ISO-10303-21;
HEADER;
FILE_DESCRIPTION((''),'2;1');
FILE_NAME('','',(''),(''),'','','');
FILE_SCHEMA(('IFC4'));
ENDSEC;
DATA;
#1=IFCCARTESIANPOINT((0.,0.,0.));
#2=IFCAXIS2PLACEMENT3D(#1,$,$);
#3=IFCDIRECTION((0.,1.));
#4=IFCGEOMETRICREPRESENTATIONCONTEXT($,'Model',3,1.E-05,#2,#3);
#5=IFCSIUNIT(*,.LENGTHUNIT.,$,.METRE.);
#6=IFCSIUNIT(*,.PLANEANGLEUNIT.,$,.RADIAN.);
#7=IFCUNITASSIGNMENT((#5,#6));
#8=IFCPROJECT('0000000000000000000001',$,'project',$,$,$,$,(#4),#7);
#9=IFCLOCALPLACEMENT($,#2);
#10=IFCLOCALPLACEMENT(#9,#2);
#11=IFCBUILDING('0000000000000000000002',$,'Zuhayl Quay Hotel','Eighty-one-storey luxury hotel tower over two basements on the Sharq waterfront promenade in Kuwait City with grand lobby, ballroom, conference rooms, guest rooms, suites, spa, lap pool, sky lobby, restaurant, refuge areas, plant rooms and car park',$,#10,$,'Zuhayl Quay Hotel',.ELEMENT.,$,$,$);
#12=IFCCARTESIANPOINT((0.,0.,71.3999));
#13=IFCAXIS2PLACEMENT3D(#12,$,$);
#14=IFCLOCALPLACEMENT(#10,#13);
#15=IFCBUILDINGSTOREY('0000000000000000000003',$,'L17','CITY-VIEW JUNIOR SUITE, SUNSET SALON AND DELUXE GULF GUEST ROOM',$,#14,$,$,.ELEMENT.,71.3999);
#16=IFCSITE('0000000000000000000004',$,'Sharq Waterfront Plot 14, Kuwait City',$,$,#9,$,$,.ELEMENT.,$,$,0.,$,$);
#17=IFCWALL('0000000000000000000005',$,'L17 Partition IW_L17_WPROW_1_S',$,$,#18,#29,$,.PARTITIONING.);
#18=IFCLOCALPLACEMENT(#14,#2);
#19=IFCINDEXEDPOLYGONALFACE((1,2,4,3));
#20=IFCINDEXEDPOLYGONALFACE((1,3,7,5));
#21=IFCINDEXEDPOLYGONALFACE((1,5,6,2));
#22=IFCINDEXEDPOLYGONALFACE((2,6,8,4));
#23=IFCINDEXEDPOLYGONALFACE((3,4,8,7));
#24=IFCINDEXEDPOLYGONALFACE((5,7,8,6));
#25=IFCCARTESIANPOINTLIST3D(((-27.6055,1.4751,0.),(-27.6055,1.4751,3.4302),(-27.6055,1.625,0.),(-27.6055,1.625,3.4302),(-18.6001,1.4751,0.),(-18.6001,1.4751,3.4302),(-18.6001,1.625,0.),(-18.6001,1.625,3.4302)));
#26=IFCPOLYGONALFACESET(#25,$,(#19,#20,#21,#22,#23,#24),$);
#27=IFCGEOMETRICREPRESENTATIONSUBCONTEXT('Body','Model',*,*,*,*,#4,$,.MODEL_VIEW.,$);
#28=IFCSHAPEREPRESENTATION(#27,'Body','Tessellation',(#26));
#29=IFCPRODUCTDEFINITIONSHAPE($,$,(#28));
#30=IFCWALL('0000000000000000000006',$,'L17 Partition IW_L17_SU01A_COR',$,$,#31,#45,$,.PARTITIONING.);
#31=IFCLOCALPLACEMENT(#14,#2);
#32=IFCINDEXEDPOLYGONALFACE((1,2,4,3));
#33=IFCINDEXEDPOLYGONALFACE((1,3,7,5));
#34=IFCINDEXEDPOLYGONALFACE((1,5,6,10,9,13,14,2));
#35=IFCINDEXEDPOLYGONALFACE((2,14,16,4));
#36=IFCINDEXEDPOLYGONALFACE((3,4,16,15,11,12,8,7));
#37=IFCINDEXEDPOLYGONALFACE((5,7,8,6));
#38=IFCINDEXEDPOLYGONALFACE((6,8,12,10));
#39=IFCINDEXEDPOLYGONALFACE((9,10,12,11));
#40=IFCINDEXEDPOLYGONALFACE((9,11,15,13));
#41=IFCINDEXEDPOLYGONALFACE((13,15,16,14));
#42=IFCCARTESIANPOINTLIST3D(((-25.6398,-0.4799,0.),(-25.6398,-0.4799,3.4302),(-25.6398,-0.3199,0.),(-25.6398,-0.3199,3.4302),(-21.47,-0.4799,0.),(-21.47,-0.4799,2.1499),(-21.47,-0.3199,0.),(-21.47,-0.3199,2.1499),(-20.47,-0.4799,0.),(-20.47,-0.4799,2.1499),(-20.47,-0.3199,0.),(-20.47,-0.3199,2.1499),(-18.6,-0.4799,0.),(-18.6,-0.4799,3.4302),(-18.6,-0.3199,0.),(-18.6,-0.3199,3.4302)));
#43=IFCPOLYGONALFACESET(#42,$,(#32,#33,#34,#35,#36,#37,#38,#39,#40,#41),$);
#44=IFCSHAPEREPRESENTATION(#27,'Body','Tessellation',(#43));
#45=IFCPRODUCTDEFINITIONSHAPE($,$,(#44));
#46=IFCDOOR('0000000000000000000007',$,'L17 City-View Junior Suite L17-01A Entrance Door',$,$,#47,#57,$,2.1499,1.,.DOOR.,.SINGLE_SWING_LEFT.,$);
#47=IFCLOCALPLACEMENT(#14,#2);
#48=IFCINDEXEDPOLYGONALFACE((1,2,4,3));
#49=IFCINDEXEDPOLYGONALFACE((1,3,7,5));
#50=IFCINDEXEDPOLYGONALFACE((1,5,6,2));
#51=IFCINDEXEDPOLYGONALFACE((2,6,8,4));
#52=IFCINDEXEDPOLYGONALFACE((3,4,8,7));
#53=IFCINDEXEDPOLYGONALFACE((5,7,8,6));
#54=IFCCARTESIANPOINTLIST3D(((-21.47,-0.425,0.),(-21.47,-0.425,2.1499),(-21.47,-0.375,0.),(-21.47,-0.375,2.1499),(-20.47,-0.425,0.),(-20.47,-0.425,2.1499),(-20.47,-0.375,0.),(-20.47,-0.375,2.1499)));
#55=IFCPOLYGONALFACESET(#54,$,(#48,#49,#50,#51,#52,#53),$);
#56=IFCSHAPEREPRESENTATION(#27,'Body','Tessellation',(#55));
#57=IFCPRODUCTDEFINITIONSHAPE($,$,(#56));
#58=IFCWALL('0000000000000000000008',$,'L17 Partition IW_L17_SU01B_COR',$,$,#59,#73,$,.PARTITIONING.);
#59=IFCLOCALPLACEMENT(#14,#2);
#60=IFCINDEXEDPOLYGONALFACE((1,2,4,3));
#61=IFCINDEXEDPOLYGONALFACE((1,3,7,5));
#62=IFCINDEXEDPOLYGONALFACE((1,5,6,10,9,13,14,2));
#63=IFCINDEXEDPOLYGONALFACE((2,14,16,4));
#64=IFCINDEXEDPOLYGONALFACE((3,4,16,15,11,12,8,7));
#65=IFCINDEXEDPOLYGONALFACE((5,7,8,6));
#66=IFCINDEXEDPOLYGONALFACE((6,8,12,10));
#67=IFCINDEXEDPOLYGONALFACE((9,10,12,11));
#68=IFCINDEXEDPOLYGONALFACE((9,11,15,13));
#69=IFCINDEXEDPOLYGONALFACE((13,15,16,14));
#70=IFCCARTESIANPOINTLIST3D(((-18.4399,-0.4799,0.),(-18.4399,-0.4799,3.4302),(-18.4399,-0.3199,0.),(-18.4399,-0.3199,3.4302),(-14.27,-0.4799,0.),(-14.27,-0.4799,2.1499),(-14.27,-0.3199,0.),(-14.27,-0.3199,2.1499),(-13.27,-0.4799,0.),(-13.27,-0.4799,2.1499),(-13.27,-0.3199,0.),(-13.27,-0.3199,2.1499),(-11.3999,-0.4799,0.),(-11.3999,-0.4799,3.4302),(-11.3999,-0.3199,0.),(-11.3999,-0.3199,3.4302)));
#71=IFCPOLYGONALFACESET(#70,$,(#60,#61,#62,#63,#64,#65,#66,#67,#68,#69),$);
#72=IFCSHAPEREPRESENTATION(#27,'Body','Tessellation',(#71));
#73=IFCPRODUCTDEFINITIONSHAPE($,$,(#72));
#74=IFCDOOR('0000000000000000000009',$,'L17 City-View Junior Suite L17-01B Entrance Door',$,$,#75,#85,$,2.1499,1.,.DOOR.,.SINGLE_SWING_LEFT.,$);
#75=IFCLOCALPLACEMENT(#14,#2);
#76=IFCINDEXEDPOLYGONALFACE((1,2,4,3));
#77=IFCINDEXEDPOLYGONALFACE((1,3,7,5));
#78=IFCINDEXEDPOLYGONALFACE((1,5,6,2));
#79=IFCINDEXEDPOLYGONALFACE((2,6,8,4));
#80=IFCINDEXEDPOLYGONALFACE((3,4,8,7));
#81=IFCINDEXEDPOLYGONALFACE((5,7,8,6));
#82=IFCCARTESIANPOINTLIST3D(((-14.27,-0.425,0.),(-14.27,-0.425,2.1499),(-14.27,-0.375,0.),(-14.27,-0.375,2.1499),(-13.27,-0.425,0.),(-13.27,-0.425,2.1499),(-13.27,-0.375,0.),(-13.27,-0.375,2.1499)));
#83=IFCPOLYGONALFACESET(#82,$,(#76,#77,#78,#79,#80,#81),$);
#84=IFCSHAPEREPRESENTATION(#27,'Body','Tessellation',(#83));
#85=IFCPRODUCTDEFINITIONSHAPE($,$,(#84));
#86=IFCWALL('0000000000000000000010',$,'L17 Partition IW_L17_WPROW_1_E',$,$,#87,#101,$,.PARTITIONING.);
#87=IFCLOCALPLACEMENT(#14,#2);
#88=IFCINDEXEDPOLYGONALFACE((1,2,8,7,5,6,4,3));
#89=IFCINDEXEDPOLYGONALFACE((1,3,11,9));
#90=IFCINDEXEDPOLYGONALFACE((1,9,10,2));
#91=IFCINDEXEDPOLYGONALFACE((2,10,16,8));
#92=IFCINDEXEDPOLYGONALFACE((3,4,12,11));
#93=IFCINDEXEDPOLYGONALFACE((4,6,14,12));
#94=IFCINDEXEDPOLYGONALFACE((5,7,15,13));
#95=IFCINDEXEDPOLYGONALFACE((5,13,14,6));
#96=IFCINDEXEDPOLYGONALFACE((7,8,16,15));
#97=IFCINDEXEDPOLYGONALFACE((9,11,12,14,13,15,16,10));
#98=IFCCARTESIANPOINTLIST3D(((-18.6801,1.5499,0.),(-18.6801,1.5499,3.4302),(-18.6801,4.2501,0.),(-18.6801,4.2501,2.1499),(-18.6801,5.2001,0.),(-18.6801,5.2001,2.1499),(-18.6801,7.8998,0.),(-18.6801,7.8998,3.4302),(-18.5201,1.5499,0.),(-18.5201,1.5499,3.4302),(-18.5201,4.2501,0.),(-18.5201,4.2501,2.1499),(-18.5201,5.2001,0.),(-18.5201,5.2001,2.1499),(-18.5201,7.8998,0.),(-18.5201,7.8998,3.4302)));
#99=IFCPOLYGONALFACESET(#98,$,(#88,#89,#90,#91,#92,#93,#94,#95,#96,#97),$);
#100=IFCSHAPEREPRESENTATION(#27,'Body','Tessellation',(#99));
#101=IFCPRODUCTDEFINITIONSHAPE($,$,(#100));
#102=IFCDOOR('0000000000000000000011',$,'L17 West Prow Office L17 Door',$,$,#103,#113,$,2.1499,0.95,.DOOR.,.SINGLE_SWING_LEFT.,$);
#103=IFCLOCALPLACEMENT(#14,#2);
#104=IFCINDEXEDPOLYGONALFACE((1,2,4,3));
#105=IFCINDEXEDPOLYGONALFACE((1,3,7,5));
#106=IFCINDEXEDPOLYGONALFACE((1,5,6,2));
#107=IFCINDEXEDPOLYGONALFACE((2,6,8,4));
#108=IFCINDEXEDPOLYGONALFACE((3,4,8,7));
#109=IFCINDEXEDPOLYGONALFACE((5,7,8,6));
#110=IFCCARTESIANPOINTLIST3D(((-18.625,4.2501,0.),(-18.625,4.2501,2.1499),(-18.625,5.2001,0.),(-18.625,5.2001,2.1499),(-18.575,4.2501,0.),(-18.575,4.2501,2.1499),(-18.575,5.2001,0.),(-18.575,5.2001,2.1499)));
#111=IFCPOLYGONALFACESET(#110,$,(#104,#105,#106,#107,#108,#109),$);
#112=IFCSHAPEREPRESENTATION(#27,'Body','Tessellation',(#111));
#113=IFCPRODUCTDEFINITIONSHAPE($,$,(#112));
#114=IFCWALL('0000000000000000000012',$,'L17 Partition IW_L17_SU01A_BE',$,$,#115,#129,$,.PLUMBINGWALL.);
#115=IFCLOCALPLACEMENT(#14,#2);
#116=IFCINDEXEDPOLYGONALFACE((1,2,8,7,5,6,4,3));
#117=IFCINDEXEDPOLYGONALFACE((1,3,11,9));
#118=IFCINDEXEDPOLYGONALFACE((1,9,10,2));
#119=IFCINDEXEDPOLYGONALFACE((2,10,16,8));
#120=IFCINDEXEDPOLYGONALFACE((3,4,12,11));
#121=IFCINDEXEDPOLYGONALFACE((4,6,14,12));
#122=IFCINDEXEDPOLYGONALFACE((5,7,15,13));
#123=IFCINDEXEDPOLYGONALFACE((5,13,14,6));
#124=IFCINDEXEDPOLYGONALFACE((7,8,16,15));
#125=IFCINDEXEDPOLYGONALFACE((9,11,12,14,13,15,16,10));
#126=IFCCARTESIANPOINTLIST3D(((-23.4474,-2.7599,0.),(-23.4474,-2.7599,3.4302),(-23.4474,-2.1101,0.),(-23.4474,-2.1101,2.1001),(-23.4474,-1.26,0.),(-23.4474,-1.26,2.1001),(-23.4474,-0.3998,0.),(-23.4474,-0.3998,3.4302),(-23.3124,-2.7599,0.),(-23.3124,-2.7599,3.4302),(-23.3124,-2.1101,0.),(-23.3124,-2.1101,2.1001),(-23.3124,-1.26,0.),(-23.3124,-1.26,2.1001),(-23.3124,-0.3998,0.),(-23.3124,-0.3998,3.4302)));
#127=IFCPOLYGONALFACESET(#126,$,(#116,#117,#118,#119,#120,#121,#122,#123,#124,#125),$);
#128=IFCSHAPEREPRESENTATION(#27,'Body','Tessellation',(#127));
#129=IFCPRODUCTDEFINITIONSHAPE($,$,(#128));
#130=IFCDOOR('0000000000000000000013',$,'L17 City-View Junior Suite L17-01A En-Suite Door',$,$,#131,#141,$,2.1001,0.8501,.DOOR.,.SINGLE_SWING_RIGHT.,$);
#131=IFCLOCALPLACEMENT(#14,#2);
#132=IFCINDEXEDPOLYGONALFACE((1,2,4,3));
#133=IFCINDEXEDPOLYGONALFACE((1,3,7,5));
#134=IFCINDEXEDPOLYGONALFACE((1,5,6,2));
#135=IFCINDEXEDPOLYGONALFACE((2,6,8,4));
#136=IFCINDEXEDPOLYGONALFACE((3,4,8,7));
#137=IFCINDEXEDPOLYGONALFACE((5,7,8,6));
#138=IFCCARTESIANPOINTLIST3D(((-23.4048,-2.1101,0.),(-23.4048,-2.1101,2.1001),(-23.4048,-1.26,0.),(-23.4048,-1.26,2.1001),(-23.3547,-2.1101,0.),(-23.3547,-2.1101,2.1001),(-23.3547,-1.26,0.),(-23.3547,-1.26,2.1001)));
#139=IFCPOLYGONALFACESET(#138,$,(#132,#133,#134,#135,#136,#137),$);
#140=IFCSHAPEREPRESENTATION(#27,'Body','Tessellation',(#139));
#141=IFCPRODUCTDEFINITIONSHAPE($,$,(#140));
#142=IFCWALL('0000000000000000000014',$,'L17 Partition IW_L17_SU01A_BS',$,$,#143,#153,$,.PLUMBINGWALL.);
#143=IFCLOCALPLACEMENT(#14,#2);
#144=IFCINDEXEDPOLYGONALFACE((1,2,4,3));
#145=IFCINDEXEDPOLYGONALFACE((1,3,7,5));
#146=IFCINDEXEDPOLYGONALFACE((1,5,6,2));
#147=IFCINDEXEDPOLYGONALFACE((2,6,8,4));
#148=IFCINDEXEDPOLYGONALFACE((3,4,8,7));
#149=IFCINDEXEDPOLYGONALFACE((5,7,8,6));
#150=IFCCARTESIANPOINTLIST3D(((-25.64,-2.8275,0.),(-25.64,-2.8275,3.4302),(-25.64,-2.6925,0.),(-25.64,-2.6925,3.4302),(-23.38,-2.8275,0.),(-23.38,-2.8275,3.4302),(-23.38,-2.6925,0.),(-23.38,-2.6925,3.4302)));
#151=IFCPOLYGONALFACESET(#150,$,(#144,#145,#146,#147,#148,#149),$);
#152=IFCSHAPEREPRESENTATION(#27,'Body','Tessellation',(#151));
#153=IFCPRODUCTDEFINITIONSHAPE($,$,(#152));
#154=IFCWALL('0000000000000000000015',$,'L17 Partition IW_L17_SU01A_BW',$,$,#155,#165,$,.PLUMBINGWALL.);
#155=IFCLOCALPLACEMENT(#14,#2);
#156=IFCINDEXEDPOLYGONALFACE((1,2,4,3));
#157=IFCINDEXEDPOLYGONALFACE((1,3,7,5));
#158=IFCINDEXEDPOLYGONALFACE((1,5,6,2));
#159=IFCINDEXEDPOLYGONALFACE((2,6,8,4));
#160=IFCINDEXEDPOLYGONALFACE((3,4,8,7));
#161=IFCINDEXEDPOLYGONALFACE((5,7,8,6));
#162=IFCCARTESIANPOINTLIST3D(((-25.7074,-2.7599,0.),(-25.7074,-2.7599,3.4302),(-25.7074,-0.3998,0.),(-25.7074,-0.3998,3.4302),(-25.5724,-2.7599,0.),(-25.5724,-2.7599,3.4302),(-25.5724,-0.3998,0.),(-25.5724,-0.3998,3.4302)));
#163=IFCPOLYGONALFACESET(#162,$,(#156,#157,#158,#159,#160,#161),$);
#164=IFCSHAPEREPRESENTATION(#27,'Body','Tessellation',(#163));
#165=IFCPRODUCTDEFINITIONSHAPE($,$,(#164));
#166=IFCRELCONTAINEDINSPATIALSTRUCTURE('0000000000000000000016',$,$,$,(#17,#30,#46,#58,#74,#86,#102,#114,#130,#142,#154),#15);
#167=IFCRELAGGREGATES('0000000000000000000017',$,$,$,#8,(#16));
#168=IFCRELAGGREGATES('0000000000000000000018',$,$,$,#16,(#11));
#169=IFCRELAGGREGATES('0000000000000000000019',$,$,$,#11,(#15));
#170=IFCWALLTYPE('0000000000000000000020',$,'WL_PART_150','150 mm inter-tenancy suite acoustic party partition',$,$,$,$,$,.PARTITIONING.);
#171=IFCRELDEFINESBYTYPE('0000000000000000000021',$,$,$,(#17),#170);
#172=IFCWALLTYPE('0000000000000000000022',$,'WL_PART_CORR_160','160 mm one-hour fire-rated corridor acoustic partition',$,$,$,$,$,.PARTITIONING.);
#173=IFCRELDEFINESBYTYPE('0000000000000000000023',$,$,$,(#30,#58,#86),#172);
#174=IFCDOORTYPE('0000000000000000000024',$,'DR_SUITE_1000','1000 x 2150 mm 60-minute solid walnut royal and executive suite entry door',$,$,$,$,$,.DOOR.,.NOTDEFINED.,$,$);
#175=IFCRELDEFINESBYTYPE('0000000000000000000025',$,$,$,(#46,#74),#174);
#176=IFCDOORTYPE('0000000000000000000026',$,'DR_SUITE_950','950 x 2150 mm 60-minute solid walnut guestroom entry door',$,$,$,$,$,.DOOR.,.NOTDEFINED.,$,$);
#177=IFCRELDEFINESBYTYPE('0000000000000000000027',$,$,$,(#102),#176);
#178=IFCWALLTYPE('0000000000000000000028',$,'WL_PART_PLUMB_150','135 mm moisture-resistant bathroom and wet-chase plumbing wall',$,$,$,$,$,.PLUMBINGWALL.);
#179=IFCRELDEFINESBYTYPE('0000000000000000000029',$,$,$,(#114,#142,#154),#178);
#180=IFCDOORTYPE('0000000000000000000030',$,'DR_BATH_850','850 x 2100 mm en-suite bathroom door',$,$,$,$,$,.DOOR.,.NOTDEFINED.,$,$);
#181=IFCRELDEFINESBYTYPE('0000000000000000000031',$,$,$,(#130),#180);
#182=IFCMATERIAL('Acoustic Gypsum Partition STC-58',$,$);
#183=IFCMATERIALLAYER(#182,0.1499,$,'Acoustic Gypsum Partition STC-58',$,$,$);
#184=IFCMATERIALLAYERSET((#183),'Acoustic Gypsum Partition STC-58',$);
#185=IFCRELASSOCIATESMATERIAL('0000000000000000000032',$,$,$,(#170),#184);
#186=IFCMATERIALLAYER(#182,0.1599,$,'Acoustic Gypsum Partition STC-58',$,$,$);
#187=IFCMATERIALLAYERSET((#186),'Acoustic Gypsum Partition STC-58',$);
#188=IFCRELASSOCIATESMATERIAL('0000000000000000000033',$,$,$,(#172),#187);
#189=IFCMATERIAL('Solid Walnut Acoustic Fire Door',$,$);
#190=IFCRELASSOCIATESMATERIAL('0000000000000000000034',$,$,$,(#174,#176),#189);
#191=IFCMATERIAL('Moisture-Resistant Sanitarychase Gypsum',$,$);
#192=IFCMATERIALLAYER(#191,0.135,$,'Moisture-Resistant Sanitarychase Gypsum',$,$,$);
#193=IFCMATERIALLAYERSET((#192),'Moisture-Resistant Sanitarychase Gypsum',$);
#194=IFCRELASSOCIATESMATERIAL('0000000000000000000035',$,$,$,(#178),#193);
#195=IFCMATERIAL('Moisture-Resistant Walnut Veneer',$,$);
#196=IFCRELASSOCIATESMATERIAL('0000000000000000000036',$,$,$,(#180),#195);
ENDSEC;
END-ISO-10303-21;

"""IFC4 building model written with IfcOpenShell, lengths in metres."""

from ifc_helpers import new_model, si_unit, direction, frame, frame_2d, origin, place, context, subcontext, project, spatial, rectangle, extrude, material, layer, layer_set, type_object, element, fill, save


model = new_model("IFC4")

# Units and contexts
model_context = context("Model", 3, precision=1e-05, world=origin(), true_north=direction((0.0, 1.0)))
body_context = subcontext(model_context, "Body", "Model", "MODEL_VIEW")
ifc_project = project(units=[si_unit("LENGTHUNIT", "METRE"), si_unit("PLANEANGLEUNIT", "RADIAN")], contexts=[model_context])

# Site, building, storey
site_placement = place(None, origin())
site = spatial("IfcSite", under=ifc_project, at=site_placement, Name="Sharq Waterfront Plot 14, Kuwait City", CompositionType="ELEMENT", RefElevation=0.0)
building_placement = place(site_placement, origin())
building = spatial("IfcBuilding", under=site, at=building_placement, Name="Zuhayl Quay Hotel", Description="Eighty-one-storey luxury hotel tower over two basements on the Sharq waterfront promenade in Kuwait City with grand lobby, ballroom, conference rooms, guest rooms, suites, spa, lap pool, sky lobby, restaurant, refuge areas, plant rooms and car park", LongName="Zuhayl Quay Hotel", CompositionType="ELEMENT")
storey_placement = place(building_placement, frame((0.0, 0.0, 71.3999)))
storey = spatial("IfcBuildingStorey", under=building, at=storey_placement, Name="L17", Description="CITY-VIEW JUNIOR SUITE, SUNSET SALON AND DELUXE GULF GUEST ROOM", CompositionType="ELEMENT", Elevation=71.3999)

# Wall
ifc_material_1 = material(Name="Acoustic Gypsum Partition STC-58")
ifc_layer_1 = layer(ifc_material_1, 0.1499, Name="Acoustic Gypsum Partition STC-58")
ifc_layer_set_1 = layer_set([ifc_layer_1], Name="Acoustic Gypsum Partition STC-58")
wall_type_1 = type_object("IfcWallType", Name="WL_PART_150", Description="150 mm inter-tenancy suite acoustic party partition", PredefinedType="PARTITIONING", material=ifc_layer_set_1)
wall_1_placement = place(storey_placement, frame((-27.6055, 1.55, 0.0), z_axis=(0.0, 0.0, 1.0), x_axis=(1.0, 0.0, 0.0)))
element("IfcWall", 1, at=wall_1_placement, inside=storey, type_object=wall_type_1, Name="L17 Partition IW_L17_WPROW_1_S", PredefinedType="PARTITIONING", context=body_context, shape_type="SweptSolid", body=[
    extrude(rectangle(XDim=9.0054, YDim=0.1499, at=frame_2d((4.5027, 0.0))), origin(), (0.0, 0.0, 1.0), 3.4302),
])

# Walls, openings, doors
ifc_layer_2 = layer(ifc_material_1, 0.1599, Name="Acoustic Gypsum Partition STC-58")
ifc_layer_set_2 = layer_set([ifc_layer_2], Name="Acoustic Gypsum Partition STC-58")
wall_type_2 = type_object("IfcWallType", Name="WL_PART_CORR_160", Description="160 mm one-hour fire-rated corridor acoustic partition", PredefinedType="PARTITIONING", material=ifc_layer_set_2)
wall_2_placement = place(storey_placement, frame((-25.6399, -0.3999, 0.0), z_axis=(0.0, 0.0, 1.0), x_axis=(1.0, 0.0, 0.0)))
wall_2 = element("IfcWall", 2, at=wall_2_placement, inside=storey, type_object=wall_type_2, Name="L17 Partition IW_L17_SU01A_COR", PredefinedType="PARTITIONING", context=body_context, shape_type="SweptSolid", body=[
    extrude(rectangle(XDim=7.0398, YDim=0.1599, at=frame_2d((3.52, 0.0))), origin(), (0.0, 0.0, 1.0), 3.4302),
])
opening_1_placement = place(wall_2_placement, frame((4.1699, 0.0, 0.0)))
opening_1 = element("IfcOpeningElement", 3, at=opening_1_placement, cuts=wall_2, PredefinedType="OPENING", context=body_context, shape_type="SweptSolid", body=[
    extrude(rectangle(XDim=1.0, YDim=2.1499, at=frame_2d((0.5, 1.075))), frame((0.0, 0.0898, 0.0), z_axis=(0.0, -1.0, 0.0), x_axis=(1.0, 0.0, 0.0)), (0.0, 0.0, 1.0), 0.1799),
])
ifc_material_2 = material(Name="Solid Walnut Acoustic Fire Door")
door_type_1 = type_object("IfcDoorType", Name="DR_SUITE_1000", Description="1000 x 2150 mm 60-minute solid walnut royal and executive suite entry door", OperationType="NOTDEFINED", PredefinedType="DOOR", material=ifc_material_2)
door_1_placement = place(opening_1_placement, origin())
door_1 = element("IfcDoor", 4, at=door_1_placement, inside=storey, type_object=door_type_1, Name="L17 City-View Junior Suite L17-01A Entrance Door", OperationType="SINGLE_SWING_LEFT", OverallHeight=2.1499, OverallWidth=1.0, PredefinedType="DOOR", context=body_context, shape_type="SweptSolid", body=[
    extrude(rectangle(XDim=1.0, YDim=2.1499, at=frame_2d((0.5, 1.075))), frame((0.0, 0.0249, 0.0), z_axis=(0.0, -1.0, 0.0), x_axis=(1.0, 0.0, 0.0)), (0.0, 0.0, 1.0), 0.05),
])
fill(opening_1, door_1)
wall_3_placement = place(storey_placement, frame((-18.4399, -0.3999, 0.0), z_axis=(0.0, 0.0, 1.0), x_axis=(1.0, 0.0, 0.0)))
wall_3 = element("IfcWall", 5, at=wall_3_placement, inside=storey, type_object=wall_type_2, Name="L17 Partition IW_L17_SU01B_COR", PredefinedType="PARTITIONING", context=body_context, shape_type="SweptSolid", body=[
    extrude(rectangle(XDim=7.04, YDim=0.1599, at=frame_2d((3.52, 0.0))), origin(), (0.0, 0.0, 1.0), 3.4302),
])
opening_2_placement = place(wall_3_placement, frame((4.1699, 0.0, 0.0)))
opening_2 = element("IfcOpeningElement", 6, at=opening_2_placement, cuts=wall_3, PredefinedType="OPENING", context=body_context, shape_type="SweptSolid", body=[
    extrude(rectangle(XDim=1.0, YDim=2.1499, at=frame_2d((0.5, 1.075))), frame((0.0, 0.0898, 0.0), z_axis=(0.0, -1.0, 0.0), x_axis=(1.0, 0.0, 0.0)), (0.0, 0.0, 1.0), 0.1799),
])
door_2_placement = place(opening_2_placement, origin())
door_2 = element("IfcDoor", 7, at=door_2_placement, inside=storey, type_object=door_type_1, Name="L17 City-View Junior Suite L17-01B Entrance Door", OperationType="SINGLE_SWING_LEFT", OverallHeight=2.1499, OverallWidth=1.0, PredefinedType="DOOR", context=body_context, shape_type="SweptSolid", body=[
    extrude(rectangle(XDim=1.0, YDim=2.1499, at=frame_2d((0.5, 1.075))), frame((0.0, 0.0249, 0.0), z_axis=(0.0, -1.0, 0.0), x_axis=(1.0, 0.0, 0.0)), (0.0, 0.0, 1.0), 0.05),
])
fill(opening_2, door_2)
wall_4_placement = place(storey_placement, frame((-18.6001, 1.55, 0.0), z_axis=(0.0, 0.0, 1.0), x_axis=(0.0, 1.0, 0.0)))
wall_4 = element("IfcWall", 8, at=wall_4_placement, inside=storey, type_object=wall_type_2, Name="L17 Partition IW_L17_WPROW_1_E", PredefinedType="PARTITIONING", context=body_context, shape_type="SweptSolid", body=[
    extrude(rectangle(XDim=6.3499, YDim=0.1599, at=frame_2d((3.1748, 0.0))), origin(), (0.0, 0.0, 1.0), 3.4302),
])
opening_3_placement = place(wall_4_placement, frame((2.7, 0.0, 0.0)))
opening_3 = element("IfcOpeningElement", 9, at=opening_3_placement, cuts=wall_4, PredefinedType="OPENING", context=body_context, shape_type="SweptSolid", body=[
    extrude(rectangle(XDim=0.95, YDim=2.1499, at=frame_2d((0.4751, 1.075))), frame((0.0, 0.0898, 0.0), z_axis=(0.0, -1.0, 0.0), x_axis=(1.0, 0.0, 0.0)), (0.0, 0.0, 1.0), 0.1799),
])
door_type_2 = type_object("IfcDoorType", Name="DR_SUITE_950", Description="950 x 2150 mm 60-minute solid walnut guestroom entry door", OperationType="NOTDEFINED", PredefinedType="DOOR", material=ifc_material_2)
door_3_placement = place(opening_3_placement, origin())
door_3 = element("IfcDoor", 10, at=door_3_placement, inside=storey, type_object=door_type_2, Name="L17 West Prow Office L17 Door", OperationType="SINGLE_SWING_LEFT", OverallHeight=2.1499, OverallWidth=0.95, PredefinedType="DOOR", context=body_context, shape_type="SweptSolid", body=[
    extrude(rectangle(XDim=0.95, YDim=2.1499, at=frame_2d((0.4751, 1.075))), frame((0.0, 0.0249, 0.0), z_axis=(0.0, -1.0, 0.0), x_axis=(1.0, 0.0, 0.0)), (0.0, 0.0, 1.0), 0.05),
])
fill(opening_3, door_3)
ifc_material_3 = material(Name="Moisture-Resistant Sanitarychase Gypsum")
ifc_layer_3 = layer(ifc_material_3, 0.135, Name="Moisture-Resistant Sanitarychase Gypsum")
ifc_layer_set_3 = layer_set([ifc_layer_3], Name="Moisture-Resistant Sanitarychase Gypsum")
wall_type_3 = type_object("IfcWallType", Name="WL_PART_PLUMB_150", Description="135 mm moisture-resistant bathroom and wet-chase plumbing wall", PredefinedType="PLUMBINGWALL", material=ifc_layer_set_3)
wall_5_placement = place(storey_placement, frame((-23.3799, -2.76, 0.0), z_axis=(0.0, 0.0, 1.0), x_axis=(0.0, 1.0, 0.0)))
wall_5 = element("IfcWall", 11, at=wall_5_placement, inside=storey, type_object=wall_type_3, Name="L17 Partition IW_L17_SU01A_BE", PredefinedType="PLUMBINGWALL", context=body_context, shape_type="SweptSolid", body=[
    extrude(rectangle(XDim=2.3601, YDim=0.135, at=frame_2d((1.1802, 0.0))), origin(), (0.0, 0.0, 1.0), 3.4302),
])
opening_4_placement = place(wall_5_placement, frame((0.6499, 0.0, 0.0)))
opening_4 = element("IfcOpeningElement", 12, at=opening_4_placement, cuts=wall_5, PredefinedType="OPENING", context=body_context, shape_type="SweptSolid", body=[
    extrude(rectangle(XDim=0.8501, YDim=2.1001, at=frame_2d((0.425, 1.05))), frame((0.0, 0.0774, 0.0), z_axis=(0.0, -1.0, 0.0), x_axis=(1.0, 0.0, 0.0)), (0.0, 0.0, 1.0), 0.155),
])
ifc_material_4 = material(Name="Moisture-Resistant Walnut Veneer")
door_type_3 = type_object("IfcDoorType", Name="DR_BATH_850", Description="850 x 2100 mm en-suite bathroom door", OperationType="NOTDEFINED", PredefinedType="DOOR", material=ifc_material_4)
door_4_placement = place(opening_4_placement, origin())
door_4 = element("IfcDoor", 13, at=door_4_placement, inside=storey, type_object=door_type_3, Name="L17 City-View Junior Suite L17-01A En-Suite Door", OperationType="SINGLE_SWING_RIGHT", OverallHeight=2.1001, OverallWidth=0.8501, PredefinedType="DOOR", context=body_context, shape_type="SweptSolid", body=[
    extrude(rectangle(XDim=0.8501, YDim=2.1001, at=frame_2d((0.425, 1.05))), frame((0.0, 0.0249, 0.0), z_axis=(0.0, -1.0, 0.0), x_axis=(1.0, 0.0, 0.0)), (0.0, 0.0, 1.0), 0.05),
])
fill(opening_4, door_4)

# Walls
wall_6_placement = place(storey_placement, frame((-25.6399, -2.76, 0.0), z_axis=(0.0, 0.0, 1.0), x_axis=(1.0, 0.0, 0.0)))
element("IfcWall", 14, at=wall_6_placement, inside=storey, type_object=wall_type_3, Name="L17 Partition IW_L17_SU01A_BS", PredefinedType="PLUMBINGWALL", context=body_context, shape_type="SweptSolid", body=[
    extrude(rectangle(XDim=2.26, YDim=0.135, at=frame_2d((1.1299, 0.0))), origin(), (0.0, 0.0, 1.0), 3.4302),
])
wall_7_placement = place(storey_placement, frame((-25.6399, -2.76, 0.0), z_axis=(0.0, 0.0, 1.0), x_axis=(0.0, 1.0, 0.0)))
element("IfcWall", 15, at=wall_7_placement, inside=storey, type_object=wall_type_3, Name="L17 Partition IW_L17_SU01A_BW", PredefinedType="PLUMBINGWALL", context=body_context, shape_type="SweptSolid", body=[
    extrude(rectangle(XDim=2.3601, YDim=0.135, at=frame_2d((1.1802, 0.0))), origin(), (0.0, 0.0, 1.0), 3.4302),
])

save(model, "model.ifc")
